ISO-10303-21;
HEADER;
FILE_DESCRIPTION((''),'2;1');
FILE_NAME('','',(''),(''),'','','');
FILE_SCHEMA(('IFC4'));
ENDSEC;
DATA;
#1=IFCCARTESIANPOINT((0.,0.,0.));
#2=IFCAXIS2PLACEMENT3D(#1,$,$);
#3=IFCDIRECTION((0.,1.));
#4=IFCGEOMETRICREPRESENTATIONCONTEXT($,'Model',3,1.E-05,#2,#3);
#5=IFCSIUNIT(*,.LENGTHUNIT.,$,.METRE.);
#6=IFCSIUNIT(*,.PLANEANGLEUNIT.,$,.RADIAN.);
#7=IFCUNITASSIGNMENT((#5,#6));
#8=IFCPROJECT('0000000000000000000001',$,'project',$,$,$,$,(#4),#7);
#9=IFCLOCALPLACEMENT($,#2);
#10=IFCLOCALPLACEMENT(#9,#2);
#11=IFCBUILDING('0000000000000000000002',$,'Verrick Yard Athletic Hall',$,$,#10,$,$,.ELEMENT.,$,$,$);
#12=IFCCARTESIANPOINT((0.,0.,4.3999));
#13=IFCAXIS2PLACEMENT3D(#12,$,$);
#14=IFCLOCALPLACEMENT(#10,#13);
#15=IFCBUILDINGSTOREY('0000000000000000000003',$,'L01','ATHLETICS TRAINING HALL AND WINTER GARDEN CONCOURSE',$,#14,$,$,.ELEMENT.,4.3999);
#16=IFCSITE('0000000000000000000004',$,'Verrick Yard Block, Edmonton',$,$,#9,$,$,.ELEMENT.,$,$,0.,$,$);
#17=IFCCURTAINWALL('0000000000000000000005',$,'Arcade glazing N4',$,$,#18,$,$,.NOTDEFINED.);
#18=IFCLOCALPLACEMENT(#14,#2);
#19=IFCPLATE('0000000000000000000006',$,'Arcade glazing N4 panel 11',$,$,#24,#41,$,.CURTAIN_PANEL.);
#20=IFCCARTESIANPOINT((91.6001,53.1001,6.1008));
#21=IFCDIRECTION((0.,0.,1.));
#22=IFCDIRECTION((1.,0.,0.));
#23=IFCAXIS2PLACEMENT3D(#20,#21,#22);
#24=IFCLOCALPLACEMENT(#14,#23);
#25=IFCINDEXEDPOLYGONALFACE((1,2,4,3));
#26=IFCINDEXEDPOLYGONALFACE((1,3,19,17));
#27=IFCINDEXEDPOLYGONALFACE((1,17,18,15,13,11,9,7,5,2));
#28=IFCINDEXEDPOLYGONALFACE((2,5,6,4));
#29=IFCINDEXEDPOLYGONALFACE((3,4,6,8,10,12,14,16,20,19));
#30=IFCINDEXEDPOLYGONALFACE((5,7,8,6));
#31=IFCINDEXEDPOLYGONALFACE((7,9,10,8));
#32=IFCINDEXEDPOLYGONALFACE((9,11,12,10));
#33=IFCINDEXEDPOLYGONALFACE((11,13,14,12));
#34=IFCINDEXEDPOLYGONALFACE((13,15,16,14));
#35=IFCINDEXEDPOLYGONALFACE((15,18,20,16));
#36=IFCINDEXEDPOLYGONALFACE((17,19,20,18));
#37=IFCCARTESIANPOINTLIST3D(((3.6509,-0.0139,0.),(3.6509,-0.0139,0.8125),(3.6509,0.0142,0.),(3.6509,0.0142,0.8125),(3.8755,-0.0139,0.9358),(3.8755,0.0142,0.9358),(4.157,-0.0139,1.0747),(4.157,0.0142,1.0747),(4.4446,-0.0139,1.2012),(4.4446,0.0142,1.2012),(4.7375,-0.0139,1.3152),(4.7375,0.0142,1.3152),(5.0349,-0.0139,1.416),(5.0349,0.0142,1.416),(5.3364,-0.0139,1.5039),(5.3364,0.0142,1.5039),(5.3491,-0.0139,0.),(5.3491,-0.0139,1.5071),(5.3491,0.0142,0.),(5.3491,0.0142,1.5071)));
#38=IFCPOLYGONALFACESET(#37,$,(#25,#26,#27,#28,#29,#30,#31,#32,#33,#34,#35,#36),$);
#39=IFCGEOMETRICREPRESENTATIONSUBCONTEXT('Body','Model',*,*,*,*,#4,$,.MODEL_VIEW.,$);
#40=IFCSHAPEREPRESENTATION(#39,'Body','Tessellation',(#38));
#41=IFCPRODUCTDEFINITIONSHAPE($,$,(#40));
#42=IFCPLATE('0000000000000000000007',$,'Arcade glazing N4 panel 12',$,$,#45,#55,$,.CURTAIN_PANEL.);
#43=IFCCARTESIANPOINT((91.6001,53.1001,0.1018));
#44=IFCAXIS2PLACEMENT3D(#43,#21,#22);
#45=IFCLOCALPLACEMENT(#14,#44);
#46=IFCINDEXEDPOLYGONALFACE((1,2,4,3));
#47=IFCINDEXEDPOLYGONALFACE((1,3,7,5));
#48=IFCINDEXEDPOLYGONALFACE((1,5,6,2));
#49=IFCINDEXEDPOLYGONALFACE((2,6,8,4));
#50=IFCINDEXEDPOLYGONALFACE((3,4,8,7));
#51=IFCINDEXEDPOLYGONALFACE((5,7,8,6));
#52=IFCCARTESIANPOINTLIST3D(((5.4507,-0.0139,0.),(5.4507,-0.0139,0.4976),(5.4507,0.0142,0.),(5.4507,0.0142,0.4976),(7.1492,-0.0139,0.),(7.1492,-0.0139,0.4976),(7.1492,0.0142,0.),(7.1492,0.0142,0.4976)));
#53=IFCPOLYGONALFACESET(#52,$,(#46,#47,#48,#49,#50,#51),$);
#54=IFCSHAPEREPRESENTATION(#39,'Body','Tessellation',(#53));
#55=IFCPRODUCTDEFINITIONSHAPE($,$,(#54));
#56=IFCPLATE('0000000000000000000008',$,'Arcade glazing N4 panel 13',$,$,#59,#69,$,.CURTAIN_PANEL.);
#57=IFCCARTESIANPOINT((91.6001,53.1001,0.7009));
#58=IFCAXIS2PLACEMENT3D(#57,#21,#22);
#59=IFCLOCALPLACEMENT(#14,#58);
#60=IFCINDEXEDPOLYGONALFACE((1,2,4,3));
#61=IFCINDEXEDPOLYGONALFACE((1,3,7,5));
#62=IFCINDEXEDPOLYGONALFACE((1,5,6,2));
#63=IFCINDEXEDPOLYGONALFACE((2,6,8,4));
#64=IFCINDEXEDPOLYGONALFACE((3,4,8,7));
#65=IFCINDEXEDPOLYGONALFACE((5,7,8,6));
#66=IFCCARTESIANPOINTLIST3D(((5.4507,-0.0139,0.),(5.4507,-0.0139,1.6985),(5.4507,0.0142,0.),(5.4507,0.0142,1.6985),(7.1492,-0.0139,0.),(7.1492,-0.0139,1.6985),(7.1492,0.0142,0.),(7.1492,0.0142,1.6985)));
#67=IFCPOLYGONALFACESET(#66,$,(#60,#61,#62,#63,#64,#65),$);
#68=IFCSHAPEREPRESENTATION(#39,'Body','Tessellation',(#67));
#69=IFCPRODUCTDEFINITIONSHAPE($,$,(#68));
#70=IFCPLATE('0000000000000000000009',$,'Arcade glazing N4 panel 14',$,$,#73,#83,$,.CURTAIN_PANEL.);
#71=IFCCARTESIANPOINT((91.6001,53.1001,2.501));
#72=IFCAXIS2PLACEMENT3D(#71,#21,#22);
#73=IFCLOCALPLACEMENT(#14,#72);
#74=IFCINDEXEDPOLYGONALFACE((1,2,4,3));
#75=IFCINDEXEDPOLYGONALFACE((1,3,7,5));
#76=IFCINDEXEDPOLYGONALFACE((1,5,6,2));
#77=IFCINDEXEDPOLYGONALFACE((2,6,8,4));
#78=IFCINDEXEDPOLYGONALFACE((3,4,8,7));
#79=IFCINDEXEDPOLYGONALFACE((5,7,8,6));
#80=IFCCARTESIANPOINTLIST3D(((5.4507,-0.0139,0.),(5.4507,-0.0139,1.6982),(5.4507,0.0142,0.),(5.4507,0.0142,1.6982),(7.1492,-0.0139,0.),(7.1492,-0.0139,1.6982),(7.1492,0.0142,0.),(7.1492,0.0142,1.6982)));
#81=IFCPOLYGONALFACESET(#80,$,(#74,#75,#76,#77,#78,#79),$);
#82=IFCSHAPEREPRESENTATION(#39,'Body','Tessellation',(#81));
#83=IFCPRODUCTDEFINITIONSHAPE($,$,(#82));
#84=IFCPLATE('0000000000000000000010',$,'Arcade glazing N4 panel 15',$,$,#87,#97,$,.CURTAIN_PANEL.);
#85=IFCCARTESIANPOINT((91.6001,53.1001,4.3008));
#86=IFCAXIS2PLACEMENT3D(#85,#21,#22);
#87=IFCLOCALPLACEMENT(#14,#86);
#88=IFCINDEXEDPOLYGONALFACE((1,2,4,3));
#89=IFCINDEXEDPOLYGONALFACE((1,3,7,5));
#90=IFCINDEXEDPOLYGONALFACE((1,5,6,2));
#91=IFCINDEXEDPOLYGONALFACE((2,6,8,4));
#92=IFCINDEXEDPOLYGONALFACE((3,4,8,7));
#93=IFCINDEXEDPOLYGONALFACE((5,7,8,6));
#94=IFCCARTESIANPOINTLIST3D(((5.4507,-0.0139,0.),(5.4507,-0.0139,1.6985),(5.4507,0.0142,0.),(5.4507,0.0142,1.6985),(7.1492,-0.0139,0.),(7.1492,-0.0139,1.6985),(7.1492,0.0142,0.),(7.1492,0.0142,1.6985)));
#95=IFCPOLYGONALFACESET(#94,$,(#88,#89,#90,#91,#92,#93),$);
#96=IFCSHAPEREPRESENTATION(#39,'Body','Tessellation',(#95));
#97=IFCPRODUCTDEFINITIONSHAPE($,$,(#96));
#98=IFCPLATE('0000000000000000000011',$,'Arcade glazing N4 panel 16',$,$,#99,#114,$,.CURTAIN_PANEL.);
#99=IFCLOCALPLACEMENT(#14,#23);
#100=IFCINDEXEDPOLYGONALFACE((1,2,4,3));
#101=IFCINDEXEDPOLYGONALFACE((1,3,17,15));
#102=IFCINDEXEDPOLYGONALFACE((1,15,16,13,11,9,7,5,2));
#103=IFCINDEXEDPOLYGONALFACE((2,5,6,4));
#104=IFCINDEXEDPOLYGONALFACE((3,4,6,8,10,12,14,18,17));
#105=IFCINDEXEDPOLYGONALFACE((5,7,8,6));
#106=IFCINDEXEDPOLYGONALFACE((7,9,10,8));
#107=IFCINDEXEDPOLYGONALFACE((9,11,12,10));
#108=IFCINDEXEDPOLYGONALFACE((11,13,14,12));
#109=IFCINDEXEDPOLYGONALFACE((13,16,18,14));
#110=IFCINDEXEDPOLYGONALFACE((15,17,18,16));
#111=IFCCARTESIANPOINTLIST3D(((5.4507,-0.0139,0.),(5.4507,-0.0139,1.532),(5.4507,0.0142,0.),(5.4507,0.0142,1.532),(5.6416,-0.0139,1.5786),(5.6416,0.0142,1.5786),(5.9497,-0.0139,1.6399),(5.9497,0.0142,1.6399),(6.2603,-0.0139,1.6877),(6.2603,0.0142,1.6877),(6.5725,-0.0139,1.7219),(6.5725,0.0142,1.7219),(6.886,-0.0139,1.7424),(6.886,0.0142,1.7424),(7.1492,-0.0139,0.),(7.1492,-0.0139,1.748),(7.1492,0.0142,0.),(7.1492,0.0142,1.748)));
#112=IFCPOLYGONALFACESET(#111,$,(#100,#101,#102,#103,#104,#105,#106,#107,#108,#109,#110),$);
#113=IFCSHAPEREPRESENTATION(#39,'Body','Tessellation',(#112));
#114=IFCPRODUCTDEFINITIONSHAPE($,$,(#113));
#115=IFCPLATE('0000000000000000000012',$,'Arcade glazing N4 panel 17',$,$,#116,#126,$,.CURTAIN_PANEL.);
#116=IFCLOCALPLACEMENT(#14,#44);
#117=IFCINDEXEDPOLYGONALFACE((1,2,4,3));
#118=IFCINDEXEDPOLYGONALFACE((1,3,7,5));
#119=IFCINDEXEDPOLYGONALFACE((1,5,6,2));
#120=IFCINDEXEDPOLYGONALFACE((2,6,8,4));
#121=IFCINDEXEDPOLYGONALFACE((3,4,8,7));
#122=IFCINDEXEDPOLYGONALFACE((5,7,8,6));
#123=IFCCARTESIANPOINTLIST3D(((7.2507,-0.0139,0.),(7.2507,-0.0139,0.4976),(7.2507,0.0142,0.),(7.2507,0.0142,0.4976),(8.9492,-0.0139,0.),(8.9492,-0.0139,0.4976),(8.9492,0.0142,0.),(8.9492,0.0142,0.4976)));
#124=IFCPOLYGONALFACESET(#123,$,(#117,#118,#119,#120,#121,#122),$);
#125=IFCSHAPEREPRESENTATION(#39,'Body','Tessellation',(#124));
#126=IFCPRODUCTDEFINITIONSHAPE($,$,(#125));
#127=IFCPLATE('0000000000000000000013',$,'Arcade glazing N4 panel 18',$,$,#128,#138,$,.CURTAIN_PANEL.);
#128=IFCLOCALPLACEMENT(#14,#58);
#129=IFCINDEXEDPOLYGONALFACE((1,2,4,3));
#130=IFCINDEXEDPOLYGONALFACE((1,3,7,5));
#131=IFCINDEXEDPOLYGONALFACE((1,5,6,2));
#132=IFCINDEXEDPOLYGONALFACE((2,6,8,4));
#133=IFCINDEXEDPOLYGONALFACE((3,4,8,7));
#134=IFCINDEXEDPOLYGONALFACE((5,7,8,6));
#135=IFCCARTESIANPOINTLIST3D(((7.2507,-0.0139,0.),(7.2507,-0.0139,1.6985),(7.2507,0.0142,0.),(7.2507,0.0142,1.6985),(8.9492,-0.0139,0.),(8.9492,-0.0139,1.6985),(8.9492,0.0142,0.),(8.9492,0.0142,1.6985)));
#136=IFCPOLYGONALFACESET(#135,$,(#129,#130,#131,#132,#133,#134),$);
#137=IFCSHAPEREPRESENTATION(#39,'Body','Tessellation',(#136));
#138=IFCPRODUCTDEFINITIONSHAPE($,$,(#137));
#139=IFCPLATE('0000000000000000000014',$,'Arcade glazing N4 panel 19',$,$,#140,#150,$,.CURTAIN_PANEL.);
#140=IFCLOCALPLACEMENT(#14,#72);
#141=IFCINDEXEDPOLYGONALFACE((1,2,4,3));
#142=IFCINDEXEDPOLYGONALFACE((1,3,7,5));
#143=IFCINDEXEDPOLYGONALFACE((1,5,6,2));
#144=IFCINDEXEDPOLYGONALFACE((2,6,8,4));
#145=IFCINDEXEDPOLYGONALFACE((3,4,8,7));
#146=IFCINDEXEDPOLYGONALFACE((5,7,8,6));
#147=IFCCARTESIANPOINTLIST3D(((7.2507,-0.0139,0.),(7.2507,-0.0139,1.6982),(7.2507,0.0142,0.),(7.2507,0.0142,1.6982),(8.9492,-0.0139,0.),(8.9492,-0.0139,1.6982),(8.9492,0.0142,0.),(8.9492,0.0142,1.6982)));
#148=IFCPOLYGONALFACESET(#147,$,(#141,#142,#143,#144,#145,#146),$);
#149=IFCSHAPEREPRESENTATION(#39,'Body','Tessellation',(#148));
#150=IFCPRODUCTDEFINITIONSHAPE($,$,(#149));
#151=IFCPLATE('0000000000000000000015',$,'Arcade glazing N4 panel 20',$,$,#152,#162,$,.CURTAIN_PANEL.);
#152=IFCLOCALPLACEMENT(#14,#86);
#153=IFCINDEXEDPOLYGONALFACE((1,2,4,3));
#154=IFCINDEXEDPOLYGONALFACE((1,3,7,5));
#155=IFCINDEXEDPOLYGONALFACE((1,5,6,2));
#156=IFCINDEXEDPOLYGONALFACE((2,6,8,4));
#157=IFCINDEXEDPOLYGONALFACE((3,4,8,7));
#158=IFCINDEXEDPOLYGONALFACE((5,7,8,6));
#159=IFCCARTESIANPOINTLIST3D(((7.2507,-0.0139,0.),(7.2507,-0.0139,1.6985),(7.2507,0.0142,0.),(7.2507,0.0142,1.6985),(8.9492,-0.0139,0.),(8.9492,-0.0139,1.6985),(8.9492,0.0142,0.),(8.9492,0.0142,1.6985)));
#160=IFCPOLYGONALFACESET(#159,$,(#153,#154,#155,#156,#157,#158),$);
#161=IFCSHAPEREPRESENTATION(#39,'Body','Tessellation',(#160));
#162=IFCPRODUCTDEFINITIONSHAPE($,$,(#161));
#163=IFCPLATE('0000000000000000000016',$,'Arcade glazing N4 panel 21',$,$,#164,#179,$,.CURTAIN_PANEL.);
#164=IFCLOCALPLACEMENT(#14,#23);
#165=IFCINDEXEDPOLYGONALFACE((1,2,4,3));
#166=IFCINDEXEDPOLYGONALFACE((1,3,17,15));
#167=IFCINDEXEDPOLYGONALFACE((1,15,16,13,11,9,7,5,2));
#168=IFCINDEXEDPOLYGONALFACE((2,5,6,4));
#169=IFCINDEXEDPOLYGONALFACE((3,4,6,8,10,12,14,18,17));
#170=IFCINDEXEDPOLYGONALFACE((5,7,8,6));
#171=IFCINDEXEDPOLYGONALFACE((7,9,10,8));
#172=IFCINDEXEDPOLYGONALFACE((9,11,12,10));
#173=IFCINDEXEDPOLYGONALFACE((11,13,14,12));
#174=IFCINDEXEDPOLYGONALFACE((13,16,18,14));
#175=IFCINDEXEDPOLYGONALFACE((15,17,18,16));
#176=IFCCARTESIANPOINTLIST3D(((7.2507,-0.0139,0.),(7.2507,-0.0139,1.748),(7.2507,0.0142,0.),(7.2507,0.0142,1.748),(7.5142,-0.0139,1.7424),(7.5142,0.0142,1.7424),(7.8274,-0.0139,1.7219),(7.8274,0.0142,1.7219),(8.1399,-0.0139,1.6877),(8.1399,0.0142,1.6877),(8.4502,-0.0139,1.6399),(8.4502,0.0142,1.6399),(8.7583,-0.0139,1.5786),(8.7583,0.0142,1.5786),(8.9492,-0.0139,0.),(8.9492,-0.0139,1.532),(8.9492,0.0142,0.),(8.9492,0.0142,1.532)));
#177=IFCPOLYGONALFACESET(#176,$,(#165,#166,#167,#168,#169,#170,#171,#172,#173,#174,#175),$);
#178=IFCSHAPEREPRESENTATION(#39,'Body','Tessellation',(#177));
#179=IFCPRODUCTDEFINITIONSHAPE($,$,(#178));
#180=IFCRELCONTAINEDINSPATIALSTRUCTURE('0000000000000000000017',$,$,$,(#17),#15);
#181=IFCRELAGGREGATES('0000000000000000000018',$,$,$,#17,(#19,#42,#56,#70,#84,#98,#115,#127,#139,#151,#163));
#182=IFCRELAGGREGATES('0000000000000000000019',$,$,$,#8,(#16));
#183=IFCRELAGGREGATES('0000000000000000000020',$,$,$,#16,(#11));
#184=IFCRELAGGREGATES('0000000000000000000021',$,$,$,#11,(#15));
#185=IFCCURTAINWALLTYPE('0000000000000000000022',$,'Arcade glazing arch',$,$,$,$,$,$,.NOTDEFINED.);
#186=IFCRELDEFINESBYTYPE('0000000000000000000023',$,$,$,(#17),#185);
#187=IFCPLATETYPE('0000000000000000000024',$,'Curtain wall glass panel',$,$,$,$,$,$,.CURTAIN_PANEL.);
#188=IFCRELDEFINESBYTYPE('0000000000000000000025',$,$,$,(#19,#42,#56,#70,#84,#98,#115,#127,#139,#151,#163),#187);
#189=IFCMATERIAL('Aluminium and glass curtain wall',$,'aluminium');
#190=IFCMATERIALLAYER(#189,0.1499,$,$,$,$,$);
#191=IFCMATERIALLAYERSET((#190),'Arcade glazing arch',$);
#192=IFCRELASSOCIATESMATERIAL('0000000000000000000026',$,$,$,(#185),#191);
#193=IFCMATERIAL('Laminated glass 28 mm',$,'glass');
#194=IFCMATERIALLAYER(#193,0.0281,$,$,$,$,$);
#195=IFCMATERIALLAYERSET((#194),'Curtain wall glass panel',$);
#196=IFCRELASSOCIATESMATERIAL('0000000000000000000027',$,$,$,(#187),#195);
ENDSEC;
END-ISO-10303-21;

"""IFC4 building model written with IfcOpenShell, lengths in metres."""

from ifc_helpers import new_model, si_unit, direction, frame, origin, place, context, subcontext, project, spatial, polyline, outline, extrude, material, layer, layer_set, type_object, element, aggregate, save


model = new_model("IFC4")

# Units and contexts
model_context = context("Model", 3, precision=1e-05, world=origin(), true_north=direction((0.0, 1.0)))
body_context = subcontext(model_context, "Body", "Model", "MODEL_VIEW")
ifc_project = project(units=[si_unit("LENGTHUNIT", "METRE"), si_unit("PLANEANGLEUNIT", "RADIAN")], contexts=[model_context])

# Site, building, storey
site_placement = place(None, origin())
site = spatial("IfcSite", under=ifc_project, at=site_placement, Name="Verrick Yard Block, Edmonton", CompositionType="ELEMENT", RefElevation=0.0)
building_placement = place(site_placement, origin())
building = spatial("IfcBuilding", under=site, at=building_placement, Name="Verrick Yard Athletic Hall", CompositionType="ELEMENT")
storey_placement = place(building_placement, frame((0.0, 0.0, 4.3999)))
storey = spatial("IfcBuildingStorey", under=building, at=storey_placement, Name="L01", Description="ATHLETICS TRAINING HALL AND WINTER GARDEN CONCOURSE", CompositionType="ELEMENT", Elevation=4.3999)

# Curtain wall, plates
ifc_material_1 = material(Name="Aluminium and glass curtain wall", Category="aluminium")
ifc_layer_1 = layer(ifc_material_1, 0.1499)
ifc_layer_set_1 = layer_set([ifc_layer_1], Name="Arcade glazing arch")
curtain_wall_type = type_object("IfcCurtainWallType", Name="Arcade glazing arch", PredefinedType="NOTDEFINED", material=ifc_layer_set_1)
curtain_wall_placement = place(storey_placement, origin())
curtain_wall = element("IfcCurtainWall", 1, at=curtain_wall_placement, inside=storey, type_object=curtain_wall_type, Name="Arcade glazing N4", PredefinedType="NOTDEFINED")
ifc_material_2 = material(Name="Laminated glass 28 mm", Category="glass")
ifc_layer_2 = layer(ifc_material_2, 0.0281)
ifc_layer_set_2 = layer_set([ifc_layer_2], Name="Curtain wall glass panel")
plate_type = type_object("IfcPlateType", Name="Curtain wall glass panel", PredefinedType="CURTAIN_PANEL", material=ifc_layer_set_2)
plate_1_placement = place(storey_placement, frame((91.6001, 53.1001, 6.1008), z_axis=(0.0, 0.0, 1.0), x_axis=(1.0, 0.0, 0.0)))
plate_1 = element("IfcPlate", 2, at=plate_1_placement, type_object=plate_type, Name="Arcade glazing N4 panel 11", PredefinedType="CURTAIN_PANEL", context=body_context, shape_type="SweptSolid", body=[
    extrude(outline(polyline([(5.3491, 1.5071), (5.3364, 1.5039), (5.0349, 1.416), (4.7375, 1.3152), (4.4446, 1.2012), (4.157, 1.0747), (3.8755, 0.9358), (3.6509, 0.8125), (3.6509, 0.0), (5.3491, 0.0), (5.3491, 1.5071)])), frame((0.0, 0.0142, 0.0), z_axis=(0.0, -1.0, 0.0), x_axis=(1.0, 0.0, 0.0)), (0.0, 0.0, 1.0), 0.0281),
])
plate_2_placement = place(storey_placement, frame((91.6001, 53.1001, 0.1018), z_axis=(0.0, 0.0, 1.0), x_axis=(1.0, 0.0, 0.0)))
plate_2 = element("IfcPlate", 3, at=plate_2_placement, type_object=plate_type, Name="Arcade glazing N4 panel 12", PredefinedType="CURTAIN_PANEL", context=body_context, shape_type="SweptSolid", body=[
    extrude(outline(polyline([(7.1492, 0.0), (7.1492, 0.4976), (5.4507, 0.4976), (5.4507, 0.0), (7.1492, 0.0)])), frame((0.0, 0.0142, 0.0), z_axis=(0.0, -1.0, 0.0), x_axis=(1.0, 0.0, 0.0)), (0.0, 0.0, 1.0), 0.0281),
])
plate_3_placement = place(storey_placement, frame((91.6001, 53.1001, 0.7009), z_axis=(0.0, 0.0, 1.0), x_axis=(1.0, 0.0, 0.0)))
plate_3 = element("IfcPlate", 4, at=plate_3_placement, type_object=plate_type, Name="Arcade glazing N4 panel 13", PredefinedType="CURTAIN_PANEL", context=body_context, shape_type="SweptSolid", body=[
    extrude(outline(polyline([(7.1492, 0.0), (7.1492, 1.6985), (5.4507, 1.6985), (5.4507, 0.0), (7.1492, 0.0)])), frame((0.0, 0.0142, 0.0), z_axis=(0.0, -1.0, 0.0), x_axis=(1.0, 0.0, 0.0)), (0.0, 0.0, 1.0), 0.0281),
])
plate_4_placement = place(storey_placement, frame((91.6001, 53.1001, 2.501), z_axis=(0.0, 0.0, 1.0), x_axis=(1.0, 0.0, 0.0)))
plate_4 = element("IfcPlate", 5, at=plate_4_placement, type_object=plate_type, Name="Arcade glazing N4 panel 14", PredefinedType="CURTAIN_PANEL", context=body_context, shape_type="SweptSolid", body=[
    extrude(outline(polyline([(7.1492, 0.0), (7.1492, 1.6982), (5.4507, 1.6982), (5.4507, 0.0), (7.1492, 0.0)])), frame((0.0, 0.0142, 0.0), z_axis=(0.0, -1.0, 0.0), x_axis=(1.0, 0.0, 0.0)), (0.0, 0.0, 1.0), 0.0281),
])
plate_5_placement = place(storey_placement, frame((91.6001, 53.1001, 4.3008), z_axis=(0.0, 0.0, 1.0), x_axis=(1.0, 0.0, 0.0)))
plate_5 = element("IfcPlate", 6, at=plate_5_placement, type_object=plate_type, Name="Arcade glazing N4 panel 15", PredefinedType="CURTAIN_PANEL", context=body_context, shape_type="SweptSolid", body=[
    extrude(outline(polyline([(7.1492, 0.0), (7.1492, 1.6985), (5.4507, 1.6985), (5.4507, 0.0), (7.1492, 0.0)])), frame((0.0, 0.0142, 0.0), z_axis=(0.0, -1.0, 0.0), x_axis=(1.0, 0.0, 0.0)), (0.0, 0.0, 1.0), 0.0281),
])
plate_6_placement = place(storey_placement, frame((91.6001, 53.1001, 6.1008), z_axis=(0.0, 0.0, 1.0), x_axis=(1.0, 0.0, 0.0)))
plate_6 = element("IfcPlate", 7, at=plate_6_placement, type_object=plate_type, Name="Arcade glazing N4 panel 16", PredefinedType="CURTAIN_PANEL", context=body_context, shape_type="SweptSolid", body=[
    extrude(outline(polyline([(7.1492, 1.748), (6.886, 1.7424), (6.5725, 1.7219), (6.2603, 1.6877), (5.9497, 1.6399), (5.6416, 1.5786), (5.4507, 1.532), (5.4507, 0.0), (7.1492, 0.0), (7.1492, 1.748)])), frame((0.0, 0.0142, 0.0), z_axis=(0.0, -1.0, 0.0), x_axis=(1.0, 0.0, 0.0)), (0.0, 0.0, 1.0), 0.0281),
])
plate_7_placement = place(storey_placement, frame((91.6001, 53.1001, 0.1018), z_axis=(0.0, 0.0, 1.0), x_axis=(1.0, 0.0, 0.0)))
plate_7 = element("IfcPlate", 8, at=plate_7_placement, type_object=plate_type, Name="Arcade glazing N4 panel 17", PredefinedType="CURTAIN_PANEL", context=body_context, shape_type="SweptSolid", body=[
    extrude(outline(polyline([(8.9492, 0.0), (8.9492, 0.4976), (7.2507, 0.4976), (7.2507, 0.0), (8.9492, 0.0)])), frame((0.0, 0.0142, 0.0), z_axis=(0.0, -1.0, 0.0), x_axis=(1.0, 0.0, 0.0)), (0.0, 0.0, 1.0), 0.0281),
])
plate_8_placement = place(storey_placement, frame((91.6001, 53.1001, 0.7009), z_axis=(0.0, 0.0, 1.0), x_axis=(1.0, 0.0, 0.0)))
plate_8 = element("IfcPlate", 9, at=plate_8_placement, type_object=plate_type, Name="Arcade glazing N4 panel 18", PredefinedType="CURTAIN_PANEL", context=body_context, shape_type="SweptSolid", body=[
    extrude(outline(polyline([(8.9492, 0.0), (8.9492, 1.6985), (7.2507, 1.6985), (7.2507, 0.0), (8.9492, 0.0)])), frame((0.0, 0.0142, 0.0), z_axis=(0.0, -1.0, 0.0), x_axis=(1.0, 0.0, 0.0)), (0.0, 0.0, 1.0), 0.0281),
])
plate_9_placement = place(storey_placement, frame((91.6001, 53.1001, 2.501), z_axis=(0.0, 0.0, 1.0), x_axis=(1.0, 0.0, 0.0)))
plate_9 = element("IfcPlate", 10, at=plate_9_placement, type_object=plate_type, Name="Arcade glazing N4 panel 19", PredefinedType="CURTAIN_PANEL", context=body_context, shape_type="SweptSolid", body=[
    extrude(outline(polyline([(8.9492, 0.0), (8.9492, 1.6982), (7.2507, 1.6982), (7.2507, 0.0), (8.9492, 0.0)])), frame((0.0, 0.0142, 0.0), z_axis=(0.0, -1.0, 0.0), x_axis=(1.0, 0.0, 0.0)), (0.0, 0.0, 1.0), 0.0281),
])
plate_10_placement = place(storey_placement, frame((91.6001, 53.1001, 4.3008), z_axis=(0.0, 0.0, 1.0), x_axis=(1.0, 0.0, 0.0)))
plate_10 = element("IfcPlate", 11, at=plate_10_placement, type_object=plate_type, Name="Arcade glazing N4 panel 20", PredefinedType="CURTAIN_PANEL", context=body_context, shape_type="SweptSolid", body=[
    extrude(outline(polyline([(8.9492, 0.0), (8.9492, 1.6985), (7.2507, 1.6985), (7.2507, 0.0), (8.9492, 0.0)])), frame((0.0, 0.0142, 0.0), z_axis=(0.0, -1.0, 0.0), x_axis=(1.0, 0.0, 0.0)), (0.0, 0.0, 1.0), 0.0281),
])
plate_11_placement = place(storey_placement, frame((91.6001, 53.1001, 6.1008), z_axis=(0.0, 0.0, 1.0), x_axis=(1.0, 0.0, 0.0)))
plate_11 = element("IfcPlate", 12, at=plate_11_placement, type_object=plate_type, Name="Arcade glazing N4 panel 21", PredefinedType="CURTAIN_PANEL", context=body_context, shape_type="SweptSolid", body=[
    extrude(outline(polyline([(8.9492, 1.532), (8.7583, 1.5786), (8.4502, 1.6399), (8.1399, 1.6877), (7.8274, 1.7219), (7.5142, 1.7424), (7.2507, 1.748), (7.2507, 0.0), (8.9492, 0.0), (8.9492, 1.532)])), frame((0.0, 0.0142, 0.0), z_axis=(0.0, -1.0, 0.0), x_axis=(1.0, 0.0, 0.0)), (0.0, 0.0, 1.0), 0.0281),
])
aggregate(curtain_wall, [plate_1, plate_2, plate_3, plate_4, plate_5, plate_6, plate_7, plate_8, plate_9, plate_10, plate_11])

save(model, "model.ifc")
